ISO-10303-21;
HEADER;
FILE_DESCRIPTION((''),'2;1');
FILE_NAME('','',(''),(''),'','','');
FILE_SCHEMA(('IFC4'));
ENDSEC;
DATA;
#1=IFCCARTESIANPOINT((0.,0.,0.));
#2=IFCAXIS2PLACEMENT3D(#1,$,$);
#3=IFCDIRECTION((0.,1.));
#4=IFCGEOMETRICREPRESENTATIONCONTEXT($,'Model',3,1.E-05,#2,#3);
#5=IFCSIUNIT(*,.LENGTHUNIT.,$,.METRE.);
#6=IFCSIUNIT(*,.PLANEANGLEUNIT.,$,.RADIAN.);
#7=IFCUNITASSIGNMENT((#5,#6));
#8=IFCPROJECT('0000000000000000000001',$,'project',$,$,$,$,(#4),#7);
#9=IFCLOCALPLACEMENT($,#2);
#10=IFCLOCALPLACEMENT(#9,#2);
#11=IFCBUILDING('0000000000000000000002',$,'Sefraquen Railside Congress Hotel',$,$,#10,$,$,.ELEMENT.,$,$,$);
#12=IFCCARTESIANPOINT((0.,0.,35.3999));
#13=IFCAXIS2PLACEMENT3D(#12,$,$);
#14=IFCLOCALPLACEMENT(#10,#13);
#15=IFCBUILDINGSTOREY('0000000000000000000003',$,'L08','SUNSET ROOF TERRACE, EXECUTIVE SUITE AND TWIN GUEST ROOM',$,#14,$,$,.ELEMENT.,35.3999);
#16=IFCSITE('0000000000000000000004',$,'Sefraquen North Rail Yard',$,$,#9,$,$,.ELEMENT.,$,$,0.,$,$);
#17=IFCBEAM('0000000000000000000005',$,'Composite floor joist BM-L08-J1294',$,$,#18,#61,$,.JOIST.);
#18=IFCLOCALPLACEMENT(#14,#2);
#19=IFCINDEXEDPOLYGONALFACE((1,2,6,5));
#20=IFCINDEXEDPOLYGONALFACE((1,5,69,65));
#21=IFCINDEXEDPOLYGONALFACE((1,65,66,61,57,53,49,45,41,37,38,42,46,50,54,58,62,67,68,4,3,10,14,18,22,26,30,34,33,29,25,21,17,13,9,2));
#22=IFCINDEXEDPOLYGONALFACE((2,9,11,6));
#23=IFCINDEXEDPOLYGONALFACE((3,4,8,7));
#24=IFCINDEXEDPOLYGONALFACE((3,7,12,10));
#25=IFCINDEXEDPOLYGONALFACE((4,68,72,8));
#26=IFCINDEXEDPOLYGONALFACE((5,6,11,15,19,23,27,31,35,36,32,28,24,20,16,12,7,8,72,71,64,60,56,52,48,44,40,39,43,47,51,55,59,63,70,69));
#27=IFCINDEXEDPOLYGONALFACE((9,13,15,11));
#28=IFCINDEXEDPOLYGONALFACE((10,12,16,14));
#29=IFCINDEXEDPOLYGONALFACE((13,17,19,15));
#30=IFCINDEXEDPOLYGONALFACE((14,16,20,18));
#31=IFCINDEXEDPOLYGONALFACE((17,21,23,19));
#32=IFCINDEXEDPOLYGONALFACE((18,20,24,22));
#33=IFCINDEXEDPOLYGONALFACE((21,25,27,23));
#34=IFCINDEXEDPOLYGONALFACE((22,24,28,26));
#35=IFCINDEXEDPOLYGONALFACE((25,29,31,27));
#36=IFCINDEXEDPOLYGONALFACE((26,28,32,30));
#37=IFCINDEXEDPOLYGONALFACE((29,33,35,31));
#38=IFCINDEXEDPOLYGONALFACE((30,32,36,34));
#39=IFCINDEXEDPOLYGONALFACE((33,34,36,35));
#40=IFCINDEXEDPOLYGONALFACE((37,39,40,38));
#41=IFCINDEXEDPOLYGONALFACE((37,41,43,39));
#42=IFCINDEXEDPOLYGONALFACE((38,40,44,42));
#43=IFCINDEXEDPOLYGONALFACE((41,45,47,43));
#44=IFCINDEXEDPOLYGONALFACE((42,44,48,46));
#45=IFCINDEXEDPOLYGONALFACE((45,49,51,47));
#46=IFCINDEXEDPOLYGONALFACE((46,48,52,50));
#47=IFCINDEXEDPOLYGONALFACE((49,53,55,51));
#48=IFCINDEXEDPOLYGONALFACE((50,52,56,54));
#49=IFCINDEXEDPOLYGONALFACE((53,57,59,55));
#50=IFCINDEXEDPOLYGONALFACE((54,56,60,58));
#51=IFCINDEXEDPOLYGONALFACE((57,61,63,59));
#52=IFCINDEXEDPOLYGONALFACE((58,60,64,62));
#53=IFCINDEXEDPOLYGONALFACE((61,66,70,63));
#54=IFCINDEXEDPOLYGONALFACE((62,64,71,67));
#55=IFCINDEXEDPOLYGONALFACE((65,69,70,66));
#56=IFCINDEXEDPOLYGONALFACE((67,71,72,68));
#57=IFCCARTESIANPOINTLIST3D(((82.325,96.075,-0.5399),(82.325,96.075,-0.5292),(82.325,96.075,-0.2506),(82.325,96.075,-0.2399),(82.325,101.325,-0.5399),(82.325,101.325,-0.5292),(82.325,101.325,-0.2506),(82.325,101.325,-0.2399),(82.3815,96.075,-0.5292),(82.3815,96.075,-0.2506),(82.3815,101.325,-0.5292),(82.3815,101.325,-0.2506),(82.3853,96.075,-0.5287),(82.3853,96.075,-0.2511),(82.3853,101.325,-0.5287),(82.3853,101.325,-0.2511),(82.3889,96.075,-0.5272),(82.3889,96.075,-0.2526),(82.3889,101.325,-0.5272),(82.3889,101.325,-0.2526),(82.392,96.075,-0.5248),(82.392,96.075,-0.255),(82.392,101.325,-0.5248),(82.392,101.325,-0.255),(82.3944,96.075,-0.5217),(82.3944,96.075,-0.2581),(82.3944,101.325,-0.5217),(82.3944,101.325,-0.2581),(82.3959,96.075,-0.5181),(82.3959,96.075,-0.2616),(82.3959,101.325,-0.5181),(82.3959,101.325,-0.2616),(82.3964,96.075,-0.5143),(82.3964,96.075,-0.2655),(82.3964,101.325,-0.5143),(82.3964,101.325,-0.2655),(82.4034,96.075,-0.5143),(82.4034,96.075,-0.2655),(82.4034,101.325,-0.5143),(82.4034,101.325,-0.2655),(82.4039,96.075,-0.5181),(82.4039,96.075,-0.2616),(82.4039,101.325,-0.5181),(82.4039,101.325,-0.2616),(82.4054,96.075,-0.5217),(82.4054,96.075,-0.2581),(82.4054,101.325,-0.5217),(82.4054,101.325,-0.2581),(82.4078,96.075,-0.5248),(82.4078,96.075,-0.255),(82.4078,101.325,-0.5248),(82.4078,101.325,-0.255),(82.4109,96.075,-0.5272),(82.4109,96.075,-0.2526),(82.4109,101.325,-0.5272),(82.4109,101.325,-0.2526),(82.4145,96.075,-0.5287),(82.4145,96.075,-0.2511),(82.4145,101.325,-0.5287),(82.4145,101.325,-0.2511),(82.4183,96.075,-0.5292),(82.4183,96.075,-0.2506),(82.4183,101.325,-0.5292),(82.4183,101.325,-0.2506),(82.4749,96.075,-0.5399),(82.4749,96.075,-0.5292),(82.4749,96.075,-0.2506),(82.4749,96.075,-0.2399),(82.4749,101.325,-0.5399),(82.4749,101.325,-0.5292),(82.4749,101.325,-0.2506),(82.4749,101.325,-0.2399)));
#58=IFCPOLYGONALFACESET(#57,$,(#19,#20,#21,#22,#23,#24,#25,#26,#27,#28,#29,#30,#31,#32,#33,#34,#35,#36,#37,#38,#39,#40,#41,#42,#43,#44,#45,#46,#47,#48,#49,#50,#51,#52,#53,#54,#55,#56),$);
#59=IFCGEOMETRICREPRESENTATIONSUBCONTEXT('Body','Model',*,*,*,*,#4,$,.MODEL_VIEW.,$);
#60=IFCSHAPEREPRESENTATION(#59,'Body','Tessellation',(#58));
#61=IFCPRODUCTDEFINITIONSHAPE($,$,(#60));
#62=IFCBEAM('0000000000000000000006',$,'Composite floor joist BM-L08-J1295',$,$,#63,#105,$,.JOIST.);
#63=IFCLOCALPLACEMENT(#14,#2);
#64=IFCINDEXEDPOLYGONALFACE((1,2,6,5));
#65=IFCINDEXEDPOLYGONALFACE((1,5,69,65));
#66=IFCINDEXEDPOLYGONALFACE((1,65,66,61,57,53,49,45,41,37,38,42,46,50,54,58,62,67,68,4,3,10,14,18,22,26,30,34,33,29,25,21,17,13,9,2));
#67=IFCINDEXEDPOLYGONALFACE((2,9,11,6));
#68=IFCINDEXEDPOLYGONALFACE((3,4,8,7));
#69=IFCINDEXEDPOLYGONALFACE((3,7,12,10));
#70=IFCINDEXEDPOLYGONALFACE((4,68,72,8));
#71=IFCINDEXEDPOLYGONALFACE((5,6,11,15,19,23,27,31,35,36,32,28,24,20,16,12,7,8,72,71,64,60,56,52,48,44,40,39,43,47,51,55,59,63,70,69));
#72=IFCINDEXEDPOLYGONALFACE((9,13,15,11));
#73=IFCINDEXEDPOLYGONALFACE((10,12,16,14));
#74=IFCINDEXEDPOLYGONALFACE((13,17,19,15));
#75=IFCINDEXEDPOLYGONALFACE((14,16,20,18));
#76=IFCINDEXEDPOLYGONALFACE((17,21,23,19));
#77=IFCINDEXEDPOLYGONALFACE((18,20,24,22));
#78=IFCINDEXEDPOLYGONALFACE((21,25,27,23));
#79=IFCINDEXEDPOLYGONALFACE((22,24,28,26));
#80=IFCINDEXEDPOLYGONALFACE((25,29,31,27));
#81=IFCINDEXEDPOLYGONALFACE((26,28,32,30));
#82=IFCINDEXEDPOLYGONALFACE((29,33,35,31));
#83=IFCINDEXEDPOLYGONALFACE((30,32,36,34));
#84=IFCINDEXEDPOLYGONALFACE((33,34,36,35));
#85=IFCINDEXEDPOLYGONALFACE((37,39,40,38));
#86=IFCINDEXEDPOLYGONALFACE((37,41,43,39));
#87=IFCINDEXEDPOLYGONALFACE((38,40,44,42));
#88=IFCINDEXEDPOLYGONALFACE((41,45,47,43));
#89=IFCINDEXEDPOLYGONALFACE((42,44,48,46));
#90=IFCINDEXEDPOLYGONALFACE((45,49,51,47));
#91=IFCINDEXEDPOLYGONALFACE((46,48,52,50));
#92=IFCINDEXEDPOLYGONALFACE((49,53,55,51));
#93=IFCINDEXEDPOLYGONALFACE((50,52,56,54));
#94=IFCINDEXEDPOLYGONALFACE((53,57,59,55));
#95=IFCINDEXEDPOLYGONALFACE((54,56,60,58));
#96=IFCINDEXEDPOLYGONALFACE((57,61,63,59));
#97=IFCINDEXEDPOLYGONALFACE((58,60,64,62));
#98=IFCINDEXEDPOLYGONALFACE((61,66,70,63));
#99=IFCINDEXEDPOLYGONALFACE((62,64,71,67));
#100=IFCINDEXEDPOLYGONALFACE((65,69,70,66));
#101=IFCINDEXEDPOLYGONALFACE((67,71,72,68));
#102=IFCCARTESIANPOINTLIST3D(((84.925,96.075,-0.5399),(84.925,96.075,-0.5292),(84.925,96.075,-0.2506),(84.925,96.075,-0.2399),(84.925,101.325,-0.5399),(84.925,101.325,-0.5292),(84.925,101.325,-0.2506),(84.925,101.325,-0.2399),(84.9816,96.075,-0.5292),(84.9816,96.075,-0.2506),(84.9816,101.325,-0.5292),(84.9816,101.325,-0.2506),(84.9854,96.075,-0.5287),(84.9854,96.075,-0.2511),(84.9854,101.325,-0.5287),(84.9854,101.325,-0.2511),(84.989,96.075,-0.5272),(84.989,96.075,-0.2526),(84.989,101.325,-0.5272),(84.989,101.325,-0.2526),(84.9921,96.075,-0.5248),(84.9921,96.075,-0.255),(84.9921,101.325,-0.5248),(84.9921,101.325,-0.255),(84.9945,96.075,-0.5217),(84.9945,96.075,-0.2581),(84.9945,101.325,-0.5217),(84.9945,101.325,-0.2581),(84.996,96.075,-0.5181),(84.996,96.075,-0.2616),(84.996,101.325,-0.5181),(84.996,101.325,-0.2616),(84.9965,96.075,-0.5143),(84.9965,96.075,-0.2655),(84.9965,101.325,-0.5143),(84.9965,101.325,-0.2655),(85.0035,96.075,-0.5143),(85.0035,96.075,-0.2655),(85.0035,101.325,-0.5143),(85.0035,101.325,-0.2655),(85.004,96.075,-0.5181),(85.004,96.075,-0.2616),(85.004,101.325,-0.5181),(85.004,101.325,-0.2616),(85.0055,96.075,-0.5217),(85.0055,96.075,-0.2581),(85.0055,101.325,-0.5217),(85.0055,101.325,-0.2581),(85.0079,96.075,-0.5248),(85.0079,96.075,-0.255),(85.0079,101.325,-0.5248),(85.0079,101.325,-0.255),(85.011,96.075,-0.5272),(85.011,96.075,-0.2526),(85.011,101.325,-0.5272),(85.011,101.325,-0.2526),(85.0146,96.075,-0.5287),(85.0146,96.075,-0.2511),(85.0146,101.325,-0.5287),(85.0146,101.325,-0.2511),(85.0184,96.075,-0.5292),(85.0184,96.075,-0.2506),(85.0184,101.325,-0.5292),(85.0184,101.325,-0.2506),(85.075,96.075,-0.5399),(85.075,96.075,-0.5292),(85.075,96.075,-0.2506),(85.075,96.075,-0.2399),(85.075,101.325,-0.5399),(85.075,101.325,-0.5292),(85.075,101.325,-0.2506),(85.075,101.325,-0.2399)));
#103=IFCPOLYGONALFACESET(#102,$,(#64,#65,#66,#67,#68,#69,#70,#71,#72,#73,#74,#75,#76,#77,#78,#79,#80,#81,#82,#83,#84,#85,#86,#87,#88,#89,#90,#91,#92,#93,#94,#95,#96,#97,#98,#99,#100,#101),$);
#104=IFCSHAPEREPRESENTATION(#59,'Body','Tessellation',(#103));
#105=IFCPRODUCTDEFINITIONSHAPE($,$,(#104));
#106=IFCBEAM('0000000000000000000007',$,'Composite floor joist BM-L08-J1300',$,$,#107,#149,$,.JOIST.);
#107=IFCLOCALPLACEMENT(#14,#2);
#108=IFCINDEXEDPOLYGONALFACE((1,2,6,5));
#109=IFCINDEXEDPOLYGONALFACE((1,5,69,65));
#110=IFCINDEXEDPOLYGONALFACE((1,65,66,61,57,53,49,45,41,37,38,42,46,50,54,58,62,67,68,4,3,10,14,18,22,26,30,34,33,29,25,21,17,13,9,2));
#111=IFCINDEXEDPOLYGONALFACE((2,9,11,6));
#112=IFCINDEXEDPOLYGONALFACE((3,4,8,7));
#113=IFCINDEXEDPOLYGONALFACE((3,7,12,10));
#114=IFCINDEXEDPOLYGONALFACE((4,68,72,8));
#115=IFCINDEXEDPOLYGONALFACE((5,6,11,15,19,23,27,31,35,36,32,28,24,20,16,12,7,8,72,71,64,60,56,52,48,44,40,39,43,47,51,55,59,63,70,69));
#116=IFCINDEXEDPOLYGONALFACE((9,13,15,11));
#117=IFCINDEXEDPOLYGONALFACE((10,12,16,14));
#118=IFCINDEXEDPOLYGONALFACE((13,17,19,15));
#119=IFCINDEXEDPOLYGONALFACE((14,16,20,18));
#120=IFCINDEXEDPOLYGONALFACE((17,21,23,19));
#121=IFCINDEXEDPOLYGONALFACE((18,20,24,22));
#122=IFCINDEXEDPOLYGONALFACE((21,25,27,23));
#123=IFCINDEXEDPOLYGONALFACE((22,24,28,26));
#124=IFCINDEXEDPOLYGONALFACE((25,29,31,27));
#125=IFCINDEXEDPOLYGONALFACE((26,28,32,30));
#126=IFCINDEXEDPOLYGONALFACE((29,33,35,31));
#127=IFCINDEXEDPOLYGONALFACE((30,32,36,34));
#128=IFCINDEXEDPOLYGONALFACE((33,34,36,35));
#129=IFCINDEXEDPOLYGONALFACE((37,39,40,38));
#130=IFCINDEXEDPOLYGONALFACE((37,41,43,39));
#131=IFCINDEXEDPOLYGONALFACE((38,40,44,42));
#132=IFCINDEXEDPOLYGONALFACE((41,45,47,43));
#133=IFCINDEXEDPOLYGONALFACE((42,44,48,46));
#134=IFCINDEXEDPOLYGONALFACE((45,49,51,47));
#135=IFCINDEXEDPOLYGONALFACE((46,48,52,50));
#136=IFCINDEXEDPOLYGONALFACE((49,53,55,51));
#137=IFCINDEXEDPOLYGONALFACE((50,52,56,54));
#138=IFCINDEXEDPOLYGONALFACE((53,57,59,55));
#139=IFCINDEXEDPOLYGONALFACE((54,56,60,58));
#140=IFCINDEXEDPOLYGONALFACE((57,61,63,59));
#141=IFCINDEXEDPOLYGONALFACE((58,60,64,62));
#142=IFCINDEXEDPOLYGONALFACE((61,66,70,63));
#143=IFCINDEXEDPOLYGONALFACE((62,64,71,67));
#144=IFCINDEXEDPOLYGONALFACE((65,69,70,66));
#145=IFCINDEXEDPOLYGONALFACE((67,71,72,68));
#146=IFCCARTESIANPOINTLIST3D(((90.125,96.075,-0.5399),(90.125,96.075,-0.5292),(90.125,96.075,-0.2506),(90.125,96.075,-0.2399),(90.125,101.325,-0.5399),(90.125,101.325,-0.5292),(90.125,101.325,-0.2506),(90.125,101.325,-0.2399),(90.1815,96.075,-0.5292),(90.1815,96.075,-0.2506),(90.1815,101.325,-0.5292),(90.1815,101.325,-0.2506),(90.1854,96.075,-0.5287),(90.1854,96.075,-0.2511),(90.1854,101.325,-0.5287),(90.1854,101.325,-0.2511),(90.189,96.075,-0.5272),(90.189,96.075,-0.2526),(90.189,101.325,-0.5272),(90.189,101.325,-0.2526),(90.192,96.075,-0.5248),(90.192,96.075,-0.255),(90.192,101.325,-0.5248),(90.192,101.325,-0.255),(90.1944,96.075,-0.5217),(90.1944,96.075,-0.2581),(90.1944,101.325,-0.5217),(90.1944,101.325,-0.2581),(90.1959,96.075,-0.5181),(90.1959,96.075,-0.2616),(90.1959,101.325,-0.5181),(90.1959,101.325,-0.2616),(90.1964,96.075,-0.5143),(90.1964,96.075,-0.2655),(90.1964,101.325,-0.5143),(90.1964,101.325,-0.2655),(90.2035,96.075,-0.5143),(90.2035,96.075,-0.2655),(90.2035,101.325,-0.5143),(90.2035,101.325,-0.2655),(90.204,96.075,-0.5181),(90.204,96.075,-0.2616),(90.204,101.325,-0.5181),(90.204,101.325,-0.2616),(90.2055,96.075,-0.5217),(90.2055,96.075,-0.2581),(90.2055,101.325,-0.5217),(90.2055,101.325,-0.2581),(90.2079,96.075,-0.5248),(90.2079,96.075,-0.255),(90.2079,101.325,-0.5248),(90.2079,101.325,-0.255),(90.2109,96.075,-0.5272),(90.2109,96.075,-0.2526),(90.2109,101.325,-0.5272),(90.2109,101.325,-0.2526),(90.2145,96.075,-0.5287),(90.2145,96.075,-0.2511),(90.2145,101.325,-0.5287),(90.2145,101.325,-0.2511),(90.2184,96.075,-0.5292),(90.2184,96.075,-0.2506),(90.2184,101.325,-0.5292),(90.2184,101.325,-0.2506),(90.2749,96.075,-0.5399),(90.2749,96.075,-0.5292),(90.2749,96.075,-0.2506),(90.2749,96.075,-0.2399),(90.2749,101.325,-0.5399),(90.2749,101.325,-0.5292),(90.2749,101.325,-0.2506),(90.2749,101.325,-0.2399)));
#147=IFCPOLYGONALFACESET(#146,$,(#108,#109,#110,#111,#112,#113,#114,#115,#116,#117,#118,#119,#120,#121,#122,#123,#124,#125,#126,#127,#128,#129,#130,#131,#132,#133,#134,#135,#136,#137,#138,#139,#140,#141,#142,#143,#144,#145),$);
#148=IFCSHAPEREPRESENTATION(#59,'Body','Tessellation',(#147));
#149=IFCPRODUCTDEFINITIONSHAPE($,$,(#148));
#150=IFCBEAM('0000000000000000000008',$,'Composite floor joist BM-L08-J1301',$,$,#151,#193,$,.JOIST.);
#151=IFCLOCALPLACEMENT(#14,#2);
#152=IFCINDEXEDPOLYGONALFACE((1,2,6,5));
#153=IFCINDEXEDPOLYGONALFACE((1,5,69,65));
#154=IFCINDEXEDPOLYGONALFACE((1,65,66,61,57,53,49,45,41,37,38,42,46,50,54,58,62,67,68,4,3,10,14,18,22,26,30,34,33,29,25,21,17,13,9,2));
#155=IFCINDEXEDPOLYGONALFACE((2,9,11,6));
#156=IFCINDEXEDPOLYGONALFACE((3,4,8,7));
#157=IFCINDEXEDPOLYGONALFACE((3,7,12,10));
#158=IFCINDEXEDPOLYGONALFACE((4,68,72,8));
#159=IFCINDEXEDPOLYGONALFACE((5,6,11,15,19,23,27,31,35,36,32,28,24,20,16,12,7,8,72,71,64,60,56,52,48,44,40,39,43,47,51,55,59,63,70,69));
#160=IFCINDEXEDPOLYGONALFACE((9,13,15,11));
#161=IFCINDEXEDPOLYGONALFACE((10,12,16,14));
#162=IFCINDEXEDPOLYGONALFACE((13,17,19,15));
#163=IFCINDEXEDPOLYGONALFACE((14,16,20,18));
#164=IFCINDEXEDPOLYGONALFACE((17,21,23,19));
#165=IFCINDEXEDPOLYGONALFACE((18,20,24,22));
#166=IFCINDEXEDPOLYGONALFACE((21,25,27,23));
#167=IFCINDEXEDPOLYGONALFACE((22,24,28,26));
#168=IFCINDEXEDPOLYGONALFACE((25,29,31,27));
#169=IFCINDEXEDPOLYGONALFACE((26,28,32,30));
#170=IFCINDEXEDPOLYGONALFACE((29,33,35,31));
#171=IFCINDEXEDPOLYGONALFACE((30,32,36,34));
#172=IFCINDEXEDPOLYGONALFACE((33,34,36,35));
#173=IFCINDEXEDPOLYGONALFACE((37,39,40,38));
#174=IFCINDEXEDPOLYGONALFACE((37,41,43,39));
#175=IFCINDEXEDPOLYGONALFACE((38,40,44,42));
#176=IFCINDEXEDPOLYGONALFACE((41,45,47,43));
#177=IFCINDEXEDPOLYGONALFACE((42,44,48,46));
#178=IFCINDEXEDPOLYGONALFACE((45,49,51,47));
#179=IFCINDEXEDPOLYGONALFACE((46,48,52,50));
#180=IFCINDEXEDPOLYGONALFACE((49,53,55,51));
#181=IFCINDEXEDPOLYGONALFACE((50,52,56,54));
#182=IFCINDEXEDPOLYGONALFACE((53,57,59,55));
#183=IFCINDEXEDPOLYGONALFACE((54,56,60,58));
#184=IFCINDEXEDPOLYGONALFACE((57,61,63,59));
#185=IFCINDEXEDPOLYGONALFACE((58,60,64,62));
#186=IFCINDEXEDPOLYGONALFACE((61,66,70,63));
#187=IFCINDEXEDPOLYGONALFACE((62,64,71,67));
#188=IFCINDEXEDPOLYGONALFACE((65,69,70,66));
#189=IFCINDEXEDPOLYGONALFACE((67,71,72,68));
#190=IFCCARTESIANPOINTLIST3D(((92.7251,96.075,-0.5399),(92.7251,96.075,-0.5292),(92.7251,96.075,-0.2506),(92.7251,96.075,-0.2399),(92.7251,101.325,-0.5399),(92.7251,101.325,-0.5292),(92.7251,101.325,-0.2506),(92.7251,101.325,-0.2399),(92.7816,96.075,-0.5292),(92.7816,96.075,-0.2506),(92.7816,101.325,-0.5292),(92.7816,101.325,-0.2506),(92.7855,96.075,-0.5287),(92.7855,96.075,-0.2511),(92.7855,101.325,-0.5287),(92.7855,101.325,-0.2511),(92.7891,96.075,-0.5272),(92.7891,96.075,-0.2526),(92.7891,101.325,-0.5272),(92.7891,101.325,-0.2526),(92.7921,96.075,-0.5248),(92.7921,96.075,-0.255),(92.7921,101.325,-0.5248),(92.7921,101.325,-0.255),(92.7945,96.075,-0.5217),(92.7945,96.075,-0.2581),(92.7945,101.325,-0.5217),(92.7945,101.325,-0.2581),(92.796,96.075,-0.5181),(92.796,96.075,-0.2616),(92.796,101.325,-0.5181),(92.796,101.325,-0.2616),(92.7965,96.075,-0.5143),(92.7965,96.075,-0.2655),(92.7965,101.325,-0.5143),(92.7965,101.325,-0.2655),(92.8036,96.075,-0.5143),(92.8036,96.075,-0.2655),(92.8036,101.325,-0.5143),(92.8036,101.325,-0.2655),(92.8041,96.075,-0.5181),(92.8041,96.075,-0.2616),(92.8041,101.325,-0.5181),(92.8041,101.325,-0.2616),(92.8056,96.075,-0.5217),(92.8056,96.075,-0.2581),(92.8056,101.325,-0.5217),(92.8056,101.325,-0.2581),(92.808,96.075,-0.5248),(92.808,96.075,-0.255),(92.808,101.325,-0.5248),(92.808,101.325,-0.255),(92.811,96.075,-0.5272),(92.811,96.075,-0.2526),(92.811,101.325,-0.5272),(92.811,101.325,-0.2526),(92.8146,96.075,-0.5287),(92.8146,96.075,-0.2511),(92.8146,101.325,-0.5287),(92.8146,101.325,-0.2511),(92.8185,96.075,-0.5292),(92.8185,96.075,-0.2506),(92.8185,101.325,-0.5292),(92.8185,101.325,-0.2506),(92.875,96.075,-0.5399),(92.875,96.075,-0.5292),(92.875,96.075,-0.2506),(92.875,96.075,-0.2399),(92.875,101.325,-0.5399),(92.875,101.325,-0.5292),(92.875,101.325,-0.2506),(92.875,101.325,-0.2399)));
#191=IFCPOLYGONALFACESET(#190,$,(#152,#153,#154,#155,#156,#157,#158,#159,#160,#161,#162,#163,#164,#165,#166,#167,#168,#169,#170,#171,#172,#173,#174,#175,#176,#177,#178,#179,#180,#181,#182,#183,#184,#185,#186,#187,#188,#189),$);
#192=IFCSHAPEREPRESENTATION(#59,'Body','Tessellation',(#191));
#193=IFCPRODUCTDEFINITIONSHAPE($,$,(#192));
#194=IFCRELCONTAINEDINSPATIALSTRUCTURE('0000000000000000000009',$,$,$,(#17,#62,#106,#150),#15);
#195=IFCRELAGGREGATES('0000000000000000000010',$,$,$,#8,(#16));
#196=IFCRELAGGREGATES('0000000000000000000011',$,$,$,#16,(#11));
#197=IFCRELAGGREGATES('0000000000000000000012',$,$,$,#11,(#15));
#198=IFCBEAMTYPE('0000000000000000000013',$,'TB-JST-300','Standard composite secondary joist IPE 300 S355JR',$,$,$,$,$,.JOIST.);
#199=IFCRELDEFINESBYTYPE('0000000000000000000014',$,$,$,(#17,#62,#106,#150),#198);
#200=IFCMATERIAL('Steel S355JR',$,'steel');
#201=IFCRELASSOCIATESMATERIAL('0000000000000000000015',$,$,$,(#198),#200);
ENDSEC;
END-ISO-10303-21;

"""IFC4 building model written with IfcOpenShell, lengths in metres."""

from ifc_helpers import new_model, si_unit, direction, frame, origin, origin_2d, place, context, subcontext, project, spatial, i_section, extrude, material, material_profile, profile_set, type_object, element, save


model = new_model("IFC4")

# Units and contexts
model_context = context("Model", 3, precision=1e-05, world=origin(), true_north=direction((0.0, 1.0)))
body_context = subcontext(model_context, "Body", "Model", "MODEL_VIEW")
ifc_project = project(units=[si_unit("LENGTHUNIT", "METRE"), si_unit("PLANEANGLEUNIT", "RADIAN")], contexts=[model_context])

# Site, building, storey
site_placement = place(None, origin())
site = spatial("IfcSite", under=ifc_project, at=site_placement, Name="Sefraquen North Rail Yard", CompositionType="ELEMENT", RefElevation=0.0)
building_placement = place(site_placement, origin())
building = spatial("IfcBuilding", under=site, at=building_placement, Name="Sefraquen Railside Congress Hotel", CompositionType="ELEMENT")
storey_placement = place(building_placement, frame((0.0, 0.0, 35.3999)))
storey = spatial("IfcBuildingStorey", under=building, at=storey_placement, Name="L08", Description="SUNSET ROOF TERRACE, EXECUTIVE SUITE AND TWIN GUEST ROOM", CompositionType="ELEMENT", Elevation=35.3999)

# Shared definitions
ifc_material_1 = material(Name="Steel S355JR", Category="steel")

# Beams
ifc_material_profile_1 = material_profile(ifc_material_1, i_section(OverallWidth=0.1499, OverallDepth=0.3, WebThickness=0.0071, FlangeThickness=0.0107, FilletRadius=0.0149, at=origin_2d()), Name="IPE 300")
ifc_profile_set_1 = profile_set([ifc_material_profile_1], Name="Steel S355JR")
beam_type_1 = type_object("IfcBeamType", Name="TB-JST-300", Description="Standard composite secondary joist IPE 300 S355JR", PredefinedType="JOIST", material=ifc_profile_set_1)
for number, where, z_axis, x_axis, name in (
    (1, (82.3999, 96.075, -0.3899), (0.0, 1.0, 0.0), (-1.0, 0.0, 0.0), "Composite floor joist BM-L08-J1294"),
    (2, (85.0, 96.075, -0.3899), (0.0, 1.0, 0.0), (-1.0, 0.0, 0.0), "Composite floor joist BM-L08-J1295"),
    (3, (90.2, 96.075, -0.3899), (0.0, 1.0, 0.0), (-1.0, 0.0, 0.0), "Composite floor joist BM-L08-J1300"),
    (4, (92.8, 96.075, -0.3899), (0.0, 1.0, 0.0), (-1.0, 0.0, 0.0), "Composite floor joist BM-L08-J1301"),
):
    element("IfcBeam", number, at=place(storey_placement, frame(where, z_axis=z_axis, x_axis=x_axis)), inside=storey, type_object=beam_type_1, Name=name, PredefinedType="JOIST", context=body_context, shape_type="SweptSolid", body=[
        extrude(i_section(OverallWidth=0.1499, OverallDepth=0.3, WebThickness=0.0071, FlangeThickness=0.0107, FilletRadius=0.0149, at=origin_2d()), origin(), (0.0, 0.0, 1.0), 5.25),
    ])

save(model, "model.ifc")
